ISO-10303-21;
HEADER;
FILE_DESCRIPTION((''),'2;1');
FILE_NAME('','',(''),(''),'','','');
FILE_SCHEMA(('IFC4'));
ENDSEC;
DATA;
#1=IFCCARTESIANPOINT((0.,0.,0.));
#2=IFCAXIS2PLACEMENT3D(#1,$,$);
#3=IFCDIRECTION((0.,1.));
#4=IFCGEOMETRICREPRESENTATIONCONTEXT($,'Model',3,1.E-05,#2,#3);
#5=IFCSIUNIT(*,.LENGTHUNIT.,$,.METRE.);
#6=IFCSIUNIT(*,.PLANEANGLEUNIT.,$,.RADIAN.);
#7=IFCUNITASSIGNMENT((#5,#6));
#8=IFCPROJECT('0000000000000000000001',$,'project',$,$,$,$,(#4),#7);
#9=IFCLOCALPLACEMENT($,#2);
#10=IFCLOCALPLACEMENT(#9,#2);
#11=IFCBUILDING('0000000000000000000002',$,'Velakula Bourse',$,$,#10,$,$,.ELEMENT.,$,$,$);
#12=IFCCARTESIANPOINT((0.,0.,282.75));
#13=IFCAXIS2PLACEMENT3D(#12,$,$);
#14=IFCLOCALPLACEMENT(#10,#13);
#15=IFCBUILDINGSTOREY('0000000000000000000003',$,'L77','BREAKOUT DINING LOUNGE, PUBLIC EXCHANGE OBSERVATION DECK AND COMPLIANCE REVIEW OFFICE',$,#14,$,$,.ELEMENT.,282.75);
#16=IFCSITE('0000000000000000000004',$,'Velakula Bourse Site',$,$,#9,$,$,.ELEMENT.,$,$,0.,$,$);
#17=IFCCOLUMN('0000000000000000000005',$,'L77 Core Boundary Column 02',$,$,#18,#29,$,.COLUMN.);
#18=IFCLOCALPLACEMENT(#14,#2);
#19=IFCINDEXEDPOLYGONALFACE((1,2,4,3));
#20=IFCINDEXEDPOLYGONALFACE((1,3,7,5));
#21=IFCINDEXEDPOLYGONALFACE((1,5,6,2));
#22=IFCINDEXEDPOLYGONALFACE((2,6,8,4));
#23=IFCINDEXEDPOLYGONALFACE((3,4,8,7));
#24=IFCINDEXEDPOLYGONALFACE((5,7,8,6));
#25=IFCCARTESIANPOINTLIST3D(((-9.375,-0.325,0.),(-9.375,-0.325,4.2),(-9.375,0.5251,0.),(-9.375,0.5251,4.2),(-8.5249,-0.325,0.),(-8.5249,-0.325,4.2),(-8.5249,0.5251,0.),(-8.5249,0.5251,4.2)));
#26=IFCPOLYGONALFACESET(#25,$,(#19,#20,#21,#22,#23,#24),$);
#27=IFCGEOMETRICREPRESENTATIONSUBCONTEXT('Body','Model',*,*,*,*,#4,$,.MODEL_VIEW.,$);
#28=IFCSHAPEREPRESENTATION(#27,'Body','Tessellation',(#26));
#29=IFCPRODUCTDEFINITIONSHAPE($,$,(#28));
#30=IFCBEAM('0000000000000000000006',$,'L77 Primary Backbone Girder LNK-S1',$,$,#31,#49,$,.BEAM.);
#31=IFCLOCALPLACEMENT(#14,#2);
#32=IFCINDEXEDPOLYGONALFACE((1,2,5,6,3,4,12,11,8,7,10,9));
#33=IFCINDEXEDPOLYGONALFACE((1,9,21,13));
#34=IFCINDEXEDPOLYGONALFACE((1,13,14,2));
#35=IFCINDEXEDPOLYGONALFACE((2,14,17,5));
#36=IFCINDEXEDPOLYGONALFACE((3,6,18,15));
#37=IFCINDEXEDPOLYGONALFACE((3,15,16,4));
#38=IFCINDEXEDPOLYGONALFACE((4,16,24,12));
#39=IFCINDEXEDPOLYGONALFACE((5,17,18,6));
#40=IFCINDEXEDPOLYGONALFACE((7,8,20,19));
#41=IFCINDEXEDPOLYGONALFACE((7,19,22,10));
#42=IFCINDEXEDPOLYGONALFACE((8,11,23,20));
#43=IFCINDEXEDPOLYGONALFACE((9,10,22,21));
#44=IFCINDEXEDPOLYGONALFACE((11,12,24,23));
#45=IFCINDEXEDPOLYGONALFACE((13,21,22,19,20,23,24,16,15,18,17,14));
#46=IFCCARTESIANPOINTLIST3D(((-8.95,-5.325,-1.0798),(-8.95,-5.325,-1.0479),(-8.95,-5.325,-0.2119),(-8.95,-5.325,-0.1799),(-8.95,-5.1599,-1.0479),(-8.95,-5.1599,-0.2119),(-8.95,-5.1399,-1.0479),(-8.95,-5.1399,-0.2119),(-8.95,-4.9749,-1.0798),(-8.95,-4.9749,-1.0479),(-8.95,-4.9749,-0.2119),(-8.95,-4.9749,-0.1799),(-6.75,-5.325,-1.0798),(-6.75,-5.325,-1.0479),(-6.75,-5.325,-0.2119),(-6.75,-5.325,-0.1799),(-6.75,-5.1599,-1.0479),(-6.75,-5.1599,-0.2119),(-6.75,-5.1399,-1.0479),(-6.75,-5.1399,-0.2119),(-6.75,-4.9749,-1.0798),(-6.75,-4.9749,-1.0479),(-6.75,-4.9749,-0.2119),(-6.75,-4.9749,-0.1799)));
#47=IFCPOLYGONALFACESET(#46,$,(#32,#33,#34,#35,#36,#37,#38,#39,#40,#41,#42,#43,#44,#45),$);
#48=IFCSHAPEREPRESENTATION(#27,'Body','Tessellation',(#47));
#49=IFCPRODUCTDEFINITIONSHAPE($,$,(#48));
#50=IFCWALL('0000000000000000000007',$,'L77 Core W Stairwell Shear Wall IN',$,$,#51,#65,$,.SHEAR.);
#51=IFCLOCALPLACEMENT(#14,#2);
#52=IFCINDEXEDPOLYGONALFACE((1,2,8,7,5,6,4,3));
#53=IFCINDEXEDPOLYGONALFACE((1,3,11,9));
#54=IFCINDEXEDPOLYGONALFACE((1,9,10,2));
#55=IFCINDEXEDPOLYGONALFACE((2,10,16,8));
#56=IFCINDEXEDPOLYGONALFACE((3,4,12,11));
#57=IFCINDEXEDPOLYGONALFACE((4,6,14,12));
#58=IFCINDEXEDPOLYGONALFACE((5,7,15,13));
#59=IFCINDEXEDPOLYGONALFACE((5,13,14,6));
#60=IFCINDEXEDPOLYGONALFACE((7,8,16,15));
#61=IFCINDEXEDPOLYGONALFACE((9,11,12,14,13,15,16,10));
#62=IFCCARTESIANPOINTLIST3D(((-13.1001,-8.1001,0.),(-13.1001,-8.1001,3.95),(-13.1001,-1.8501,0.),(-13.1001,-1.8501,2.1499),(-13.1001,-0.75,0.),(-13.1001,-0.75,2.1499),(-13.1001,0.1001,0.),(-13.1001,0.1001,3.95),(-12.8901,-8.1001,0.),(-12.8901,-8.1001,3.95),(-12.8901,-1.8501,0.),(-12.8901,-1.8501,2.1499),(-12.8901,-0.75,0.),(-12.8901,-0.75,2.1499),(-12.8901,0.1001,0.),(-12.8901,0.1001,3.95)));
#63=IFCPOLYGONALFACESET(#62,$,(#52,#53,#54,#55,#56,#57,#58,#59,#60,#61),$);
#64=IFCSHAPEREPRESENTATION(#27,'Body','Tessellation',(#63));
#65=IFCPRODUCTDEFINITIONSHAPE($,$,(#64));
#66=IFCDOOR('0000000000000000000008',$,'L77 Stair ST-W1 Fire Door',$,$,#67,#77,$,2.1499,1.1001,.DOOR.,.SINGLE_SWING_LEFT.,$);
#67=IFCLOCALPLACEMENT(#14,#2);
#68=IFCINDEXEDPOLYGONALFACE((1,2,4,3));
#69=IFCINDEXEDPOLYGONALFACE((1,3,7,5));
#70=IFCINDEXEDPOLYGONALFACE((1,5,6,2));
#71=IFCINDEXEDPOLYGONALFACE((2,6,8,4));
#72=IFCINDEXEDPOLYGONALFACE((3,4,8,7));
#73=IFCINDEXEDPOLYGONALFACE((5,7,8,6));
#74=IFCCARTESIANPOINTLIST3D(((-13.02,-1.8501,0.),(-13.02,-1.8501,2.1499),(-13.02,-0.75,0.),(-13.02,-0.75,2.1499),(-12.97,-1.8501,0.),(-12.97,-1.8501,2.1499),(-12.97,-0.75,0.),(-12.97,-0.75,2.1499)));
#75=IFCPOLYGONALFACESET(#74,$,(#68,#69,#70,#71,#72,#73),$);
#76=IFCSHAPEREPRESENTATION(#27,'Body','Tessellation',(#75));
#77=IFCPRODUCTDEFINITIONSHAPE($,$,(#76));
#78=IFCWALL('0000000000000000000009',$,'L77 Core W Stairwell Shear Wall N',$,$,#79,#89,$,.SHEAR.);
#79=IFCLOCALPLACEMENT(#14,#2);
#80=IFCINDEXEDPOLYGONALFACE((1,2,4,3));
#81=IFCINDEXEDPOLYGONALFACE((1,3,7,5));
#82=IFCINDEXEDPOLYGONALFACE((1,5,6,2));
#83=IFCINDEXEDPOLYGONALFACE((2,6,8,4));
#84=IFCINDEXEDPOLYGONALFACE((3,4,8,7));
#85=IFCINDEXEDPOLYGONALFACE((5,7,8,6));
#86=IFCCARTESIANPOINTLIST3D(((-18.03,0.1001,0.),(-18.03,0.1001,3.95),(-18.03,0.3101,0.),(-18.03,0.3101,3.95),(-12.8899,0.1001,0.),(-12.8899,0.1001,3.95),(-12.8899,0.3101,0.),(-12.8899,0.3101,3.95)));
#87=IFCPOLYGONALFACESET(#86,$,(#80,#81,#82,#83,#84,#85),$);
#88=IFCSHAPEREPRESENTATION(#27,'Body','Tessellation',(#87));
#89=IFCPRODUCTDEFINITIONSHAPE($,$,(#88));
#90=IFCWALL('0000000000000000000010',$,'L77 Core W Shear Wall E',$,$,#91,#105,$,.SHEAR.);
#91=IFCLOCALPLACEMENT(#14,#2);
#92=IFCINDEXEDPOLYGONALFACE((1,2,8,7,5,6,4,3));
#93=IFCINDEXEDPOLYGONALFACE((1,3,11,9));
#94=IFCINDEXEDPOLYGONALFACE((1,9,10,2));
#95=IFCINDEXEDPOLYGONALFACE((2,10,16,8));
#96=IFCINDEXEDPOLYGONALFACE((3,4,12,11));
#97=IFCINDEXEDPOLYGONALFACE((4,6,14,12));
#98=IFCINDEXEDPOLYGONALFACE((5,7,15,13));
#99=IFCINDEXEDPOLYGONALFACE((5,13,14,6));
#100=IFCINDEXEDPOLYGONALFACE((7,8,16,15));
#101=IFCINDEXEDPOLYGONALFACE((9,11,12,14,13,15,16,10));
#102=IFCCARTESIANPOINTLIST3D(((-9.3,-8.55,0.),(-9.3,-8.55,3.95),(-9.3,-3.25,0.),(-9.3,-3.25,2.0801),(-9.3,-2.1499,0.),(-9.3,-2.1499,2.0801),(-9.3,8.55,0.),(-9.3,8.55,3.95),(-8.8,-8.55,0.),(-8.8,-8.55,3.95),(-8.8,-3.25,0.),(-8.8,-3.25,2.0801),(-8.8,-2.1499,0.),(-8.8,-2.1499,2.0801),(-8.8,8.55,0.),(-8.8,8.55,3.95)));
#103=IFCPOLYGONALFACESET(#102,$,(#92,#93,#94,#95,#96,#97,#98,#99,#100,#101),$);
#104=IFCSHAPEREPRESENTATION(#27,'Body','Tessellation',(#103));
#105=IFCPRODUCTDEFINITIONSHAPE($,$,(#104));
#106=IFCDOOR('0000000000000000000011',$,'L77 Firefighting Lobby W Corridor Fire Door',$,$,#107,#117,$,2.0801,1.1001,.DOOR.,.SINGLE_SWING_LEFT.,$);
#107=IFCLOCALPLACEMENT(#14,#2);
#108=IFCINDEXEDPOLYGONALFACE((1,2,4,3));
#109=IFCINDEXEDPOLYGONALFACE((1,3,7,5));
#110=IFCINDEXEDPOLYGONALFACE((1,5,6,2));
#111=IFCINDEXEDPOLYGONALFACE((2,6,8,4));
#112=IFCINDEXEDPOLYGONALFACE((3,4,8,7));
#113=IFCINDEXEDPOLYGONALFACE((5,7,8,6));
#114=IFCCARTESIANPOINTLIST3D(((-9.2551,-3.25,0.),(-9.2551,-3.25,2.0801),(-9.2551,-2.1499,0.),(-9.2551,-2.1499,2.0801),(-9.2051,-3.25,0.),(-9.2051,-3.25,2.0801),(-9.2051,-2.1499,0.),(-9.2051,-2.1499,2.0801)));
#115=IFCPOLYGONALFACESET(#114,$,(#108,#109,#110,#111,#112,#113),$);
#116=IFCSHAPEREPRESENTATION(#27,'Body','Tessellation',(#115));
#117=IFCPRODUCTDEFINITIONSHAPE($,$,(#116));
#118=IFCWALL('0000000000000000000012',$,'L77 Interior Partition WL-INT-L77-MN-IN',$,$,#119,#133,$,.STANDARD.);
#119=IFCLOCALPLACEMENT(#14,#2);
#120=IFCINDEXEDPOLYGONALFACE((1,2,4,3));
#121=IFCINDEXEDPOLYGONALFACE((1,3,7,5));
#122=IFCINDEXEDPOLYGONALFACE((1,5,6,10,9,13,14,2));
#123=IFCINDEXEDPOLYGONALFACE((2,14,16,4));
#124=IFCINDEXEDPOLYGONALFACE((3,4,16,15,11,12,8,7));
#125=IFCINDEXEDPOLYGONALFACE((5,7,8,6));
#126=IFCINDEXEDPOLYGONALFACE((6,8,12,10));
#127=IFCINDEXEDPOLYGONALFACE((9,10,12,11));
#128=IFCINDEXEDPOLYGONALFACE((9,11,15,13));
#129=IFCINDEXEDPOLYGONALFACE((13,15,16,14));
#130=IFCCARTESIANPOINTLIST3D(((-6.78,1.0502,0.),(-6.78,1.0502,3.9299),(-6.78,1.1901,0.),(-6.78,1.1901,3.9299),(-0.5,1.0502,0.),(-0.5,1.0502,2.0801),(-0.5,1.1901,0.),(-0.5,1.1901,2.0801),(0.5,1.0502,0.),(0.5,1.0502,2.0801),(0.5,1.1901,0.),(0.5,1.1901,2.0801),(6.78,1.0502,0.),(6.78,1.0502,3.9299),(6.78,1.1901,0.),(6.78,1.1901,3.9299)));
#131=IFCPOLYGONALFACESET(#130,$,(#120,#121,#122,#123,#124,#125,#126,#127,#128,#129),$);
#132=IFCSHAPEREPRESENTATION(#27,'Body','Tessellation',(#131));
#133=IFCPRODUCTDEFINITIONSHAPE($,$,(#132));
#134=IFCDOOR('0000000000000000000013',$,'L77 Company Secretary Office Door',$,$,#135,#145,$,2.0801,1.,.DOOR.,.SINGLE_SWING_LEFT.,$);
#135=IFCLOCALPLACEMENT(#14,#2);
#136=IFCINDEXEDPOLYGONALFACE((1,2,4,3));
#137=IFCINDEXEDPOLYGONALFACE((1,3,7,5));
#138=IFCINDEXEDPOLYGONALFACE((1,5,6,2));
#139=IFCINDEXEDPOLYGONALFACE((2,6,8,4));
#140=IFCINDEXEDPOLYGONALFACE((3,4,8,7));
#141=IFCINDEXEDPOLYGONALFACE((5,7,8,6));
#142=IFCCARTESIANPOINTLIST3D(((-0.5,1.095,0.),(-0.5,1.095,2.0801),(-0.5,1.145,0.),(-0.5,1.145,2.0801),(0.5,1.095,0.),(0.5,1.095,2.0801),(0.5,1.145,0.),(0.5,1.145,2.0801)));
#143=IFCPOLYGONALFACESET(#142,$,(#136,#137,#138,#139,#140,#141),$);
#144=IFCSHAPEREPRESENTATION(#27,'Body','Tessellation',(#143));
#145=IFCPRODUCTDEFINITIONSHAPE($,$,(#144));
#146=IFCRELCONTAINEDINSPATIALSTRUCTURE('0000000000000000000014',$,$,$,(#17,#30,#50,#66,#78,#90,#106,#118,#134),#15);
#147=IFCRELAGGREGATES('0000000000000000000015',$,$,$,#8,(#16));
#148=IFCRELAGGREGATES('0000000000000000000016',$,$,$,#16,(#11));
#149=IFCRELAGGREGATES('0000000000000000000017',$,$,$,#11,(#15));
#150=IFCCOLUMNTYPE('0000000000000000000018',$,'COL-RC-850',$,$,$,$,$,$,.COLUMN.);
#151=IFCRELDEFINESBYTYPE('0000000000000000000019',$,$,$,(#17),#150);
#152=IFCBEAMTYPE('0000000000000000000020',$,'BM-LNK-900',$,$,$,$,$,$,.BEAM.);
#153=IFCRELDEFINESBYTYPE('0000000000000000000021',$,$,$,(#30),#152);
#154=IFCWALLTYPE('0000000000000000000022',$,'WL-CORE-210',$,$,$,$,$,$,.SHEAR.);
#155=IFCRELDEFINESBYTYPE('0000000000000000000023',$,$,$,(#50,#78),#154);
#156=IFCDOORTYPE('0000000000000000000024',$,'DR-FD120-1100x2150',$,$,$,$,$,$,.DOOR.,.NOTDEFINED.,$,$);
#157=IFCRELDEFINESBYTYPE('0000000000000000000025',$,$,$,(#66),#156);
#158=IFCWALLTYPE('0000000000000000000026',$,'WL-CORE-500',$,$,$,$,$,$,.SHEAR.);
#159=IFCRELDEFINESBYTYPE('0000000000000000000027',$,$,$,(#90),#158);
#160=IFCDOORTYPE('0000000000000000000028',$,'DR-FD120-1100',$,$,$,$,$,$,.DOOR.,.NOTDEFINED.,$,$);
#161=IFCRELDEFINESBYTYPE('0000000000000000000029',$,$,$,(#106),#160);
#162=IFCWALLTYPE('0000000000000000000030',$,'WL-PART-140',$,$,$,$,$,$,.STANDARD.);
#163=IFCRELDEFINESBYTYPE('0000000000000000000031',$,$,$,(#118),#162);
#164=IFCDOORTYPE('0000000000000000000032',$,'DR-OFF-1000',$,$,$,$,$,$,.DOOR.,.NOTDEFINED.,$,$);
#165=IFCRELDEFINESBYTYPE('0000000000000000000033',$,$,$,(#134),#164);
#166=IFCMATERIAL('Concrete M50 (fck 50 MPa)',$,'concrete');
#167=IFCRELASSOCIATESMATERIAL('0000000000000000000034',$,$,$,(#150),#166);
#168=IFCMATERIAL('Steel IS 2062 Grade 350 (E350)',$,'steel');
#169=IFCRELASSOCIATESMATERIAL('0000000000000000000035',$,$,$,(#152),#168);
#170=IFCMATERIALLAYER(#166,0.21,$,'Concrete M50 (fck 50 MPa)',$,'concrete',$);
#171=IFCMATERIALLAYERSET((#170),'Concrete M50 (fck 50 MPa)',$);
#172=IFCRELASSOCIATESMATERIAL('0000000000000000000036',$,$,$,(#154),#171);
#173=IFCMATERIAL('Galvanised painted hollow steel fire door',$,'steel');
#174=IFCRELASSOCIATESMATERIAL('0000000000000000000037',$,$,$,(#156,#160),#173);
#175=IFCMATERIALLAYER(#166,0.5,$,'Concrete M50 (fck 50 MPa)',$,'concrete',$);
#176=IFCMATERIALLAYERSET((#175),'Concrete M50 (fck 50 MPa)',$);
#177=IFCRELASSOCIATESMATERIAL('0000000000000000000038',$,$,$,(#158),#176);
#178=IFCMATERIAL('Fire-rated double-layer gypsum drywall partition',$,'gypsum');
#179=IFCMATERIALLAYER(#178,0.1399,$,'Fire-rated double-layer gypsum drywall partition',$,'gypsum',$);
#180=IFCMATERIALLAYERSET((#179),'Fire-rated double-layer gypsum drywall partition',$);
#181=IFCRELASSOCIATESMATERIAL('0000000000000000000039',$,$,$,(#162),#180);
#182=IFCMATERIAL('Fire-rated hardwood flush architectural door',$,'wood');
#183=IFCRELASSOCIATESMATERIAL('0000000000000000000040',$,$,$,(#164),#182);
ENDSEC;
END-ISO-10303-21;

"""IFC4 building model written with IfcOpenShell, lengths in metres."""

from ifc_helpers import new_model, si_unit, direction, frame, frame_2d, origin, origin_2d, place, context, subcontext, project, spatial, rectangle, i_section, extrude, material, layer, layer_set, material_profile, profile_set, type_object, element, fill, save


model = new_model("IFC4")

# Units and contexts
model_context = context("Model", 3, precision=1e-05, world=origin(), true_north=direction((0.0, 1.0)))
body_context = subcontext(model_context, "Body", "Model", "MODEL_VIEW")
ifc_project = project(units=[si_unit("LENGTHUNIT", "METRE"), si_unit("PLANEANGLEUNIT", "RADIAN")], contexts=[model_context])

# Site, building, storey
site_placement = place(None, origin())
site = spatial("IfcSite", under=ifc_project, at=site_placement, Name="Velakula Bourse Site", CompositionType="ELEMENT", RefElevation=0.0)
building_placement = place(site_placement, origin())
building = spatial("IfcBuilding", under=site, at=building_placement, Name="Velakula Bourse", CompositionType="ELEMENT")
storey_placement = place(building_placement, frame((0.0, 0.0, 282.75)))
storey = spatial("IfcBuildingStorey", under=building, at=storey_placement, Name="L77", Description="BREAKOUT DINING LOUNGE, PUBLIC EXCHANGE OBSERVATION DECK AND COMPLIANCE REVIEW OFFICE", CompositionType="ELEMENT", Elevation=282.75)

# Column
ifc_material_1 = material(Name="Concrete M50 (fck 50 MPa)", Category="concrete")
ifc_material_profile_1 = material_profile(ifc_material_1, rectangle(XDim=0.8501, YDim=0.8501, at=origin_2d()), Name="Concrete M50 (fck 50 MPa)")
ifc_profile_set_1 = profile_set([ifc_material_profile_1], Name="Concrete M50 (fck 50 MPa)")
column_type = type_object("IfcColumnType", Name="COL-RC-850", PredefinedType="COLUMN", material=ifc_profile_set_1)
column_placement = place(storey_placement, frame((-8.95, 0.1001, 0.0), z_axis=(0.0, 0.0, 1.0), x_axis=(1.0, 0.0, 0.0)))
element("IfcColumn", 1, at=column_placement, inside=storey, type_object=column_type, Name="L77 Core Boundary Column 02", PredefinedType="COLUMN", context=body_context, shape_type="SweptSolid", body=[
    extrude(rectangle(XDim=0.8501, YDim=0.8501, at=origin_2d()), origin(), (0.0, 0.0, 1.0), 4.2),
])

# Beam
ifc_material_2 = material(Name="Steel IS 2062 Grade 350 (E350)", Category="steel")
ifc_material_profile_2 = material_profile(ifc_material_2, i_section(OverallWidth=0.3501, OverallDepth=0.8999, WebThickness=0.02, FlangeThickness=0.032, at=origin_2d()), Name="Steel IS 2062 Grade 350 (E350)")
ifc_profile_set_2 = profile_set([ifc_material_profile_2], Name="Steel IS 2062 Grade 350 (E350)")
beam_type = type_object("IfcBeamType", Name="BM-LNK-900", PredefinedType="BEAM", material=ifc_profile_set_2)
beam_placement = place(storey_placement, frame((-8.95, -5.1499, -0.6299), z_axis=(1.0, 0.0, 0.0), x_axis=(0.0, 1.0, 0.0)))
element("IfcBeam", 2, at=beam_placement, inside=storey, type_object=beam_type, Name="L77 Primary Backbone Girder LNK-S1", PredefinedType="BEAM", context=body_context, shape_type="SweptSolid", body=[
    extrude(i_section(OverallWidth=0.3501, OverallDepth=0.8999, WebThickness=0.02, FlangeThickness=0.032, at=origin_2d()), origin(), (0.0, 0.0, 1.0), 2.2),
])

# Wall, opening, door
ifc_layer_1 = layer(ifc_material_1, 0.21, Name="Concrete M50 (fck 50 MPa)", Category="concrete")
ifc_layer_set_1 = layer_set([ifc_layer_1], Name="Concrete M50 (fck 50 MPa)")
wall_type_1 = type_object("IfcWallType", Name="WL-CORE-210", PredefinedType="SHEAR", material=ifc_layer_set_1)
wall_1_placement = place(storey_placement, frame((-12.9951, -8.1001, 0.0), z_axis=(0.0, 0.0, 1.0), x_axis=(0.0, 1.0, 0.0)))
wall_1 = element("IfcWall", 3, at=wall_1_placement, inside=storey, type_object=wall_type_1, Name="L77 Core W Stairwell Shear Wall IN", PredefinedType="SHEAR", context=body_context, shape_type="SweptSolid", body=[
    extrude(rectangle(XDim=8.2002, YDim=0.21, at=frame_2d((4.1001, 0.0))), origin(), (0.0, 0.0, 1.0), 3.95),
])
opening_1_placement = place(wall_1_placement, frame((6.25, 0.0, 0.0)))
opening_1 = element("IfcOpeningElement", 4, at=opening_1_placement, cuts=wall_1, PredefinedType="OPENING", context=body_context, shape_type="SweptSolid", body=[
    extrude(rectangle(XDim=1.1001, YDim=2.1499, at=frame_2d((0.55, 1.075))), frame((0.0, 0.115, 0.0), z_axis=(0.0, -1.0, 0.0), x_axis=(1.0, 0.0, 0.0)), (0.0, 0.0, 1.0), 0.23),
])
ifc_material_3 = material(Name="Galvanised painted hollow steel fire door", Category="steel")
door_type_1 = type_object("IfcDoorType", Name="DR-FD120-1100x2150", OperationType="NOTDEFINED", PredefinedType="DOOR", material=ifc_material_3)
door_1_placement = place(opening_1_placement, origin())
door_1 = element("IfcDoor", 5, at=door_1_placement, inside=storey, type_object=door_type_1, Name="L77 Stair ST-W1 Fire Door", OperationType="SINGLE_SWING_LEFT", OverallHeight=2.1499, OverallWidth=1.1001, PredefinedType="DOOR", context=body_context, shape_type="SweptSolid", body=[
    extrude(rectangle(XDim=1.1001, YDim=2.1499, at=frame_2d((0.55, 1.075))), frame((0.0, 0.0249, 0.0), z_axis=(0.0, -1.0, 0.0), x_axis=(1.0, 0.0, 0.0)), (0.0, 0.0, 1.0), 0.05),
])
fill(opening_1, door_1)

# Wall
wall_2_placement = place(storey_placement, frame((-12.8899, 0.2051, 0.0), z_axis=(0.0, 0.0, 1.0), x_axis=(-1.0, 0.0, 0.0)))
element("IfcWall", 6, at=wall_2_placement, inside=storey, type_object=wall_type_1, Name="L77 Core W Stairwell Shear Wall N", PredefinedType="SHEAR", context=body_context, shape_type="SweptSolid", body=[
    extrude(rectangle(XDim=5.1401, YDim=0.21, at=frame_2d((2.5701, 0.0))), origin(), (0.0, 0.0, 1.0), 3.95),
])

# Walls, openings, doors
ifc_layer_2 = layer(ifc_material_1, 0.5, Name="Concrete M50 (fck 50 MPa)", Category="concrete")
ifc_layer_set_2 = layer_set([ifc_layer_2], Name="Concrete M50 (fck 50 MPa)")
wall_type_2 = type_object("IfcWallType", Name="WL-CORE-500", PredefinedType="SHEAR", material=ifc_layer_set_2)
wall_3_placement = place(storey_placement, frame((-9.05, -8.55, 0.0), z_axis=(0.0, 0.0, 1.0), x_axis=(0.0, 1.0, 0.0)))
wall_3 = element("IfcWall", 7, at=wall_3_placement, inside=storey, type_object=wall_type_2, Name="L77 Core W Shear Wall E", PredefinedType="SHEAR", context=body_context, shape_type="SweptSolid", body=[
    extrude(rectangle(XDim=17.1001, YDim=0.5, at=frame_2d((8.55, 0.0))), origin(), (0.0, 0.0, 1.0), 3.95),
])
opening_2_placement = place(wall_3_placement, frame((5.3, 0.0, 0.0)))
opening_2 = element("IfcOpeningElement", 8, at=opening_2_placement, cuts=wall_3, PredefinedType="OPENING", context=body_context, shape_type="SweptSolid", body=[
    extrude(rectangle(XDim=1.1001, YDim=2.0801, at=frame_2d((0.55, 1.04))), frame((0.0, 0.26, 0.0), z_axis=(0.0, -1.0, 0.0), x_axis=(1.0, 0.0, 0.0)), (0.0, 0.0, 1.0), 0.52),
])
door_type_2 = type_object("IfcDoorType", Name="DR-FD120-1100", OperationType="NOTDEFINED", PredefinedType="DOOR", material=ifc_material_3)
door_2_placement = place(opening_2_placement, origin())
door_2 = element("IfcDoor", 9, at=door_2_placement, inside=storey, type_object=door_type_2, Name="L77 Firefighting Lobby W Corridor Fire Door", OperationType="SINGLE_SWING_LEFT", OverallHeight=2.0801, OverallWidth=1.1001, PredefinedType="DOOR", context=body_context, shape_type="SweptSolid", body=[
    extrude(rectangle(XDim=1.1001, YDim=2.0801, at=frame_2d((0.55, 1.04))), frame((0.0, 0.2051, 0.0), z_axis=(0.0, -1.0, 0.0), x_axis=(1.0, 0.0, 0.0)), (0.0, 0.0, 1.0), 0.05),
])
fill(opening_2, door_2)
ifc_material_4 = material(Name="Fire-rated double-layer gypsum drywall partition", Category="gypsum")
ifc_layer_3 = layer(ifc_material_4, 0.1399, Name="Fire-rated double-layer gypsum drywall partition", Category="gypsum")
ifc_layer_set_3 = layer_set([ifc_layer_3], Name="Fire-rated double-layer gypsum drywall partition")
wall_type_3 = type_object("IfcWallType", Name="WL-PART-140", PredefinedType="STANDARD", material=ifc_layer_set_3)
wall_4_placement = place(storey_placement, frame((-6.78, 1.1201, 0.0), z_axis=(0.0, 0.0, 1.0), x_axis=(1.0, 0.0, 0.0)))
wall_4 = element("IfcWall", 10, at=wall_4_placement, inside=storey, type_object=wall_type_3, Name="L77 Interior Partition WL-INT-L77-MN-IN", PredefinedType="STANDARD", context=body_context, shape_type="SweptSolid", body=[
    extrude(rectangle(XDim=13.5601, YDim=0.1399, at=frame_2d((6.78, 0.0))), origin(), (0.0, 0.0, 1.0), 3.9299),
])
opening_3_placement = place(wall_4_placement, frame((6.28, 0.0, 0.0)))
opening_3 = element("IfcOpeningElement", 11, at=opening_3_placement, cuts=wall_4, PredefinedType="OPENING", context=body_context, shape_type="SweptSolid", body=[
    extrude(rectangle(XDim=1.0, YDim=2.0801, at=frame_2d((0.5, 1.04))), frame((0.0, 0.0798, 0.0), z_axis=(0.0, -1.0, 0.0), x_axis=(1.0, 0.0, 0.0)), (0.0, 0.0, 1.0), 0.1599),
])
ifc_material_5 = material(Name="Fire-rated hardwood flush architectural door", Category="wood")
door_type_3 = type_object("IfcDoorType", Name="DR-OFF-1000", OperationType="NOTDEFINED", PredefinedType="DOOR", material=ifc_material_5)
door_3_placement = place(opening_3_placement, origin())
door_3 = element("IfcDoor", 12, at=door_3_placement, inside=storey, type_object=door_type_3, Name="L77 Company Secretary Office Door", OperationType="SINGLE_SWING_LEFT", OverallHeight=2.0801, OverallWidth=1.0, PredefinedType="DOOR", context=body_context, shape_type="SweptSolid", body=[
    extrude(rectangle(XDim=1.0, YDim=2.0801, at=frame_2d((0.5, 1.04))), frame((0.0, 0.0249, 0.0), z_axis=(0.0, -1.0, 0.0), x_axis=(1.0, 0.0, 0.0)), (0.0, 0.0, 1.0), 0.05),
])
fill(opening_3, door_3)

save(model, "model.ifc")
